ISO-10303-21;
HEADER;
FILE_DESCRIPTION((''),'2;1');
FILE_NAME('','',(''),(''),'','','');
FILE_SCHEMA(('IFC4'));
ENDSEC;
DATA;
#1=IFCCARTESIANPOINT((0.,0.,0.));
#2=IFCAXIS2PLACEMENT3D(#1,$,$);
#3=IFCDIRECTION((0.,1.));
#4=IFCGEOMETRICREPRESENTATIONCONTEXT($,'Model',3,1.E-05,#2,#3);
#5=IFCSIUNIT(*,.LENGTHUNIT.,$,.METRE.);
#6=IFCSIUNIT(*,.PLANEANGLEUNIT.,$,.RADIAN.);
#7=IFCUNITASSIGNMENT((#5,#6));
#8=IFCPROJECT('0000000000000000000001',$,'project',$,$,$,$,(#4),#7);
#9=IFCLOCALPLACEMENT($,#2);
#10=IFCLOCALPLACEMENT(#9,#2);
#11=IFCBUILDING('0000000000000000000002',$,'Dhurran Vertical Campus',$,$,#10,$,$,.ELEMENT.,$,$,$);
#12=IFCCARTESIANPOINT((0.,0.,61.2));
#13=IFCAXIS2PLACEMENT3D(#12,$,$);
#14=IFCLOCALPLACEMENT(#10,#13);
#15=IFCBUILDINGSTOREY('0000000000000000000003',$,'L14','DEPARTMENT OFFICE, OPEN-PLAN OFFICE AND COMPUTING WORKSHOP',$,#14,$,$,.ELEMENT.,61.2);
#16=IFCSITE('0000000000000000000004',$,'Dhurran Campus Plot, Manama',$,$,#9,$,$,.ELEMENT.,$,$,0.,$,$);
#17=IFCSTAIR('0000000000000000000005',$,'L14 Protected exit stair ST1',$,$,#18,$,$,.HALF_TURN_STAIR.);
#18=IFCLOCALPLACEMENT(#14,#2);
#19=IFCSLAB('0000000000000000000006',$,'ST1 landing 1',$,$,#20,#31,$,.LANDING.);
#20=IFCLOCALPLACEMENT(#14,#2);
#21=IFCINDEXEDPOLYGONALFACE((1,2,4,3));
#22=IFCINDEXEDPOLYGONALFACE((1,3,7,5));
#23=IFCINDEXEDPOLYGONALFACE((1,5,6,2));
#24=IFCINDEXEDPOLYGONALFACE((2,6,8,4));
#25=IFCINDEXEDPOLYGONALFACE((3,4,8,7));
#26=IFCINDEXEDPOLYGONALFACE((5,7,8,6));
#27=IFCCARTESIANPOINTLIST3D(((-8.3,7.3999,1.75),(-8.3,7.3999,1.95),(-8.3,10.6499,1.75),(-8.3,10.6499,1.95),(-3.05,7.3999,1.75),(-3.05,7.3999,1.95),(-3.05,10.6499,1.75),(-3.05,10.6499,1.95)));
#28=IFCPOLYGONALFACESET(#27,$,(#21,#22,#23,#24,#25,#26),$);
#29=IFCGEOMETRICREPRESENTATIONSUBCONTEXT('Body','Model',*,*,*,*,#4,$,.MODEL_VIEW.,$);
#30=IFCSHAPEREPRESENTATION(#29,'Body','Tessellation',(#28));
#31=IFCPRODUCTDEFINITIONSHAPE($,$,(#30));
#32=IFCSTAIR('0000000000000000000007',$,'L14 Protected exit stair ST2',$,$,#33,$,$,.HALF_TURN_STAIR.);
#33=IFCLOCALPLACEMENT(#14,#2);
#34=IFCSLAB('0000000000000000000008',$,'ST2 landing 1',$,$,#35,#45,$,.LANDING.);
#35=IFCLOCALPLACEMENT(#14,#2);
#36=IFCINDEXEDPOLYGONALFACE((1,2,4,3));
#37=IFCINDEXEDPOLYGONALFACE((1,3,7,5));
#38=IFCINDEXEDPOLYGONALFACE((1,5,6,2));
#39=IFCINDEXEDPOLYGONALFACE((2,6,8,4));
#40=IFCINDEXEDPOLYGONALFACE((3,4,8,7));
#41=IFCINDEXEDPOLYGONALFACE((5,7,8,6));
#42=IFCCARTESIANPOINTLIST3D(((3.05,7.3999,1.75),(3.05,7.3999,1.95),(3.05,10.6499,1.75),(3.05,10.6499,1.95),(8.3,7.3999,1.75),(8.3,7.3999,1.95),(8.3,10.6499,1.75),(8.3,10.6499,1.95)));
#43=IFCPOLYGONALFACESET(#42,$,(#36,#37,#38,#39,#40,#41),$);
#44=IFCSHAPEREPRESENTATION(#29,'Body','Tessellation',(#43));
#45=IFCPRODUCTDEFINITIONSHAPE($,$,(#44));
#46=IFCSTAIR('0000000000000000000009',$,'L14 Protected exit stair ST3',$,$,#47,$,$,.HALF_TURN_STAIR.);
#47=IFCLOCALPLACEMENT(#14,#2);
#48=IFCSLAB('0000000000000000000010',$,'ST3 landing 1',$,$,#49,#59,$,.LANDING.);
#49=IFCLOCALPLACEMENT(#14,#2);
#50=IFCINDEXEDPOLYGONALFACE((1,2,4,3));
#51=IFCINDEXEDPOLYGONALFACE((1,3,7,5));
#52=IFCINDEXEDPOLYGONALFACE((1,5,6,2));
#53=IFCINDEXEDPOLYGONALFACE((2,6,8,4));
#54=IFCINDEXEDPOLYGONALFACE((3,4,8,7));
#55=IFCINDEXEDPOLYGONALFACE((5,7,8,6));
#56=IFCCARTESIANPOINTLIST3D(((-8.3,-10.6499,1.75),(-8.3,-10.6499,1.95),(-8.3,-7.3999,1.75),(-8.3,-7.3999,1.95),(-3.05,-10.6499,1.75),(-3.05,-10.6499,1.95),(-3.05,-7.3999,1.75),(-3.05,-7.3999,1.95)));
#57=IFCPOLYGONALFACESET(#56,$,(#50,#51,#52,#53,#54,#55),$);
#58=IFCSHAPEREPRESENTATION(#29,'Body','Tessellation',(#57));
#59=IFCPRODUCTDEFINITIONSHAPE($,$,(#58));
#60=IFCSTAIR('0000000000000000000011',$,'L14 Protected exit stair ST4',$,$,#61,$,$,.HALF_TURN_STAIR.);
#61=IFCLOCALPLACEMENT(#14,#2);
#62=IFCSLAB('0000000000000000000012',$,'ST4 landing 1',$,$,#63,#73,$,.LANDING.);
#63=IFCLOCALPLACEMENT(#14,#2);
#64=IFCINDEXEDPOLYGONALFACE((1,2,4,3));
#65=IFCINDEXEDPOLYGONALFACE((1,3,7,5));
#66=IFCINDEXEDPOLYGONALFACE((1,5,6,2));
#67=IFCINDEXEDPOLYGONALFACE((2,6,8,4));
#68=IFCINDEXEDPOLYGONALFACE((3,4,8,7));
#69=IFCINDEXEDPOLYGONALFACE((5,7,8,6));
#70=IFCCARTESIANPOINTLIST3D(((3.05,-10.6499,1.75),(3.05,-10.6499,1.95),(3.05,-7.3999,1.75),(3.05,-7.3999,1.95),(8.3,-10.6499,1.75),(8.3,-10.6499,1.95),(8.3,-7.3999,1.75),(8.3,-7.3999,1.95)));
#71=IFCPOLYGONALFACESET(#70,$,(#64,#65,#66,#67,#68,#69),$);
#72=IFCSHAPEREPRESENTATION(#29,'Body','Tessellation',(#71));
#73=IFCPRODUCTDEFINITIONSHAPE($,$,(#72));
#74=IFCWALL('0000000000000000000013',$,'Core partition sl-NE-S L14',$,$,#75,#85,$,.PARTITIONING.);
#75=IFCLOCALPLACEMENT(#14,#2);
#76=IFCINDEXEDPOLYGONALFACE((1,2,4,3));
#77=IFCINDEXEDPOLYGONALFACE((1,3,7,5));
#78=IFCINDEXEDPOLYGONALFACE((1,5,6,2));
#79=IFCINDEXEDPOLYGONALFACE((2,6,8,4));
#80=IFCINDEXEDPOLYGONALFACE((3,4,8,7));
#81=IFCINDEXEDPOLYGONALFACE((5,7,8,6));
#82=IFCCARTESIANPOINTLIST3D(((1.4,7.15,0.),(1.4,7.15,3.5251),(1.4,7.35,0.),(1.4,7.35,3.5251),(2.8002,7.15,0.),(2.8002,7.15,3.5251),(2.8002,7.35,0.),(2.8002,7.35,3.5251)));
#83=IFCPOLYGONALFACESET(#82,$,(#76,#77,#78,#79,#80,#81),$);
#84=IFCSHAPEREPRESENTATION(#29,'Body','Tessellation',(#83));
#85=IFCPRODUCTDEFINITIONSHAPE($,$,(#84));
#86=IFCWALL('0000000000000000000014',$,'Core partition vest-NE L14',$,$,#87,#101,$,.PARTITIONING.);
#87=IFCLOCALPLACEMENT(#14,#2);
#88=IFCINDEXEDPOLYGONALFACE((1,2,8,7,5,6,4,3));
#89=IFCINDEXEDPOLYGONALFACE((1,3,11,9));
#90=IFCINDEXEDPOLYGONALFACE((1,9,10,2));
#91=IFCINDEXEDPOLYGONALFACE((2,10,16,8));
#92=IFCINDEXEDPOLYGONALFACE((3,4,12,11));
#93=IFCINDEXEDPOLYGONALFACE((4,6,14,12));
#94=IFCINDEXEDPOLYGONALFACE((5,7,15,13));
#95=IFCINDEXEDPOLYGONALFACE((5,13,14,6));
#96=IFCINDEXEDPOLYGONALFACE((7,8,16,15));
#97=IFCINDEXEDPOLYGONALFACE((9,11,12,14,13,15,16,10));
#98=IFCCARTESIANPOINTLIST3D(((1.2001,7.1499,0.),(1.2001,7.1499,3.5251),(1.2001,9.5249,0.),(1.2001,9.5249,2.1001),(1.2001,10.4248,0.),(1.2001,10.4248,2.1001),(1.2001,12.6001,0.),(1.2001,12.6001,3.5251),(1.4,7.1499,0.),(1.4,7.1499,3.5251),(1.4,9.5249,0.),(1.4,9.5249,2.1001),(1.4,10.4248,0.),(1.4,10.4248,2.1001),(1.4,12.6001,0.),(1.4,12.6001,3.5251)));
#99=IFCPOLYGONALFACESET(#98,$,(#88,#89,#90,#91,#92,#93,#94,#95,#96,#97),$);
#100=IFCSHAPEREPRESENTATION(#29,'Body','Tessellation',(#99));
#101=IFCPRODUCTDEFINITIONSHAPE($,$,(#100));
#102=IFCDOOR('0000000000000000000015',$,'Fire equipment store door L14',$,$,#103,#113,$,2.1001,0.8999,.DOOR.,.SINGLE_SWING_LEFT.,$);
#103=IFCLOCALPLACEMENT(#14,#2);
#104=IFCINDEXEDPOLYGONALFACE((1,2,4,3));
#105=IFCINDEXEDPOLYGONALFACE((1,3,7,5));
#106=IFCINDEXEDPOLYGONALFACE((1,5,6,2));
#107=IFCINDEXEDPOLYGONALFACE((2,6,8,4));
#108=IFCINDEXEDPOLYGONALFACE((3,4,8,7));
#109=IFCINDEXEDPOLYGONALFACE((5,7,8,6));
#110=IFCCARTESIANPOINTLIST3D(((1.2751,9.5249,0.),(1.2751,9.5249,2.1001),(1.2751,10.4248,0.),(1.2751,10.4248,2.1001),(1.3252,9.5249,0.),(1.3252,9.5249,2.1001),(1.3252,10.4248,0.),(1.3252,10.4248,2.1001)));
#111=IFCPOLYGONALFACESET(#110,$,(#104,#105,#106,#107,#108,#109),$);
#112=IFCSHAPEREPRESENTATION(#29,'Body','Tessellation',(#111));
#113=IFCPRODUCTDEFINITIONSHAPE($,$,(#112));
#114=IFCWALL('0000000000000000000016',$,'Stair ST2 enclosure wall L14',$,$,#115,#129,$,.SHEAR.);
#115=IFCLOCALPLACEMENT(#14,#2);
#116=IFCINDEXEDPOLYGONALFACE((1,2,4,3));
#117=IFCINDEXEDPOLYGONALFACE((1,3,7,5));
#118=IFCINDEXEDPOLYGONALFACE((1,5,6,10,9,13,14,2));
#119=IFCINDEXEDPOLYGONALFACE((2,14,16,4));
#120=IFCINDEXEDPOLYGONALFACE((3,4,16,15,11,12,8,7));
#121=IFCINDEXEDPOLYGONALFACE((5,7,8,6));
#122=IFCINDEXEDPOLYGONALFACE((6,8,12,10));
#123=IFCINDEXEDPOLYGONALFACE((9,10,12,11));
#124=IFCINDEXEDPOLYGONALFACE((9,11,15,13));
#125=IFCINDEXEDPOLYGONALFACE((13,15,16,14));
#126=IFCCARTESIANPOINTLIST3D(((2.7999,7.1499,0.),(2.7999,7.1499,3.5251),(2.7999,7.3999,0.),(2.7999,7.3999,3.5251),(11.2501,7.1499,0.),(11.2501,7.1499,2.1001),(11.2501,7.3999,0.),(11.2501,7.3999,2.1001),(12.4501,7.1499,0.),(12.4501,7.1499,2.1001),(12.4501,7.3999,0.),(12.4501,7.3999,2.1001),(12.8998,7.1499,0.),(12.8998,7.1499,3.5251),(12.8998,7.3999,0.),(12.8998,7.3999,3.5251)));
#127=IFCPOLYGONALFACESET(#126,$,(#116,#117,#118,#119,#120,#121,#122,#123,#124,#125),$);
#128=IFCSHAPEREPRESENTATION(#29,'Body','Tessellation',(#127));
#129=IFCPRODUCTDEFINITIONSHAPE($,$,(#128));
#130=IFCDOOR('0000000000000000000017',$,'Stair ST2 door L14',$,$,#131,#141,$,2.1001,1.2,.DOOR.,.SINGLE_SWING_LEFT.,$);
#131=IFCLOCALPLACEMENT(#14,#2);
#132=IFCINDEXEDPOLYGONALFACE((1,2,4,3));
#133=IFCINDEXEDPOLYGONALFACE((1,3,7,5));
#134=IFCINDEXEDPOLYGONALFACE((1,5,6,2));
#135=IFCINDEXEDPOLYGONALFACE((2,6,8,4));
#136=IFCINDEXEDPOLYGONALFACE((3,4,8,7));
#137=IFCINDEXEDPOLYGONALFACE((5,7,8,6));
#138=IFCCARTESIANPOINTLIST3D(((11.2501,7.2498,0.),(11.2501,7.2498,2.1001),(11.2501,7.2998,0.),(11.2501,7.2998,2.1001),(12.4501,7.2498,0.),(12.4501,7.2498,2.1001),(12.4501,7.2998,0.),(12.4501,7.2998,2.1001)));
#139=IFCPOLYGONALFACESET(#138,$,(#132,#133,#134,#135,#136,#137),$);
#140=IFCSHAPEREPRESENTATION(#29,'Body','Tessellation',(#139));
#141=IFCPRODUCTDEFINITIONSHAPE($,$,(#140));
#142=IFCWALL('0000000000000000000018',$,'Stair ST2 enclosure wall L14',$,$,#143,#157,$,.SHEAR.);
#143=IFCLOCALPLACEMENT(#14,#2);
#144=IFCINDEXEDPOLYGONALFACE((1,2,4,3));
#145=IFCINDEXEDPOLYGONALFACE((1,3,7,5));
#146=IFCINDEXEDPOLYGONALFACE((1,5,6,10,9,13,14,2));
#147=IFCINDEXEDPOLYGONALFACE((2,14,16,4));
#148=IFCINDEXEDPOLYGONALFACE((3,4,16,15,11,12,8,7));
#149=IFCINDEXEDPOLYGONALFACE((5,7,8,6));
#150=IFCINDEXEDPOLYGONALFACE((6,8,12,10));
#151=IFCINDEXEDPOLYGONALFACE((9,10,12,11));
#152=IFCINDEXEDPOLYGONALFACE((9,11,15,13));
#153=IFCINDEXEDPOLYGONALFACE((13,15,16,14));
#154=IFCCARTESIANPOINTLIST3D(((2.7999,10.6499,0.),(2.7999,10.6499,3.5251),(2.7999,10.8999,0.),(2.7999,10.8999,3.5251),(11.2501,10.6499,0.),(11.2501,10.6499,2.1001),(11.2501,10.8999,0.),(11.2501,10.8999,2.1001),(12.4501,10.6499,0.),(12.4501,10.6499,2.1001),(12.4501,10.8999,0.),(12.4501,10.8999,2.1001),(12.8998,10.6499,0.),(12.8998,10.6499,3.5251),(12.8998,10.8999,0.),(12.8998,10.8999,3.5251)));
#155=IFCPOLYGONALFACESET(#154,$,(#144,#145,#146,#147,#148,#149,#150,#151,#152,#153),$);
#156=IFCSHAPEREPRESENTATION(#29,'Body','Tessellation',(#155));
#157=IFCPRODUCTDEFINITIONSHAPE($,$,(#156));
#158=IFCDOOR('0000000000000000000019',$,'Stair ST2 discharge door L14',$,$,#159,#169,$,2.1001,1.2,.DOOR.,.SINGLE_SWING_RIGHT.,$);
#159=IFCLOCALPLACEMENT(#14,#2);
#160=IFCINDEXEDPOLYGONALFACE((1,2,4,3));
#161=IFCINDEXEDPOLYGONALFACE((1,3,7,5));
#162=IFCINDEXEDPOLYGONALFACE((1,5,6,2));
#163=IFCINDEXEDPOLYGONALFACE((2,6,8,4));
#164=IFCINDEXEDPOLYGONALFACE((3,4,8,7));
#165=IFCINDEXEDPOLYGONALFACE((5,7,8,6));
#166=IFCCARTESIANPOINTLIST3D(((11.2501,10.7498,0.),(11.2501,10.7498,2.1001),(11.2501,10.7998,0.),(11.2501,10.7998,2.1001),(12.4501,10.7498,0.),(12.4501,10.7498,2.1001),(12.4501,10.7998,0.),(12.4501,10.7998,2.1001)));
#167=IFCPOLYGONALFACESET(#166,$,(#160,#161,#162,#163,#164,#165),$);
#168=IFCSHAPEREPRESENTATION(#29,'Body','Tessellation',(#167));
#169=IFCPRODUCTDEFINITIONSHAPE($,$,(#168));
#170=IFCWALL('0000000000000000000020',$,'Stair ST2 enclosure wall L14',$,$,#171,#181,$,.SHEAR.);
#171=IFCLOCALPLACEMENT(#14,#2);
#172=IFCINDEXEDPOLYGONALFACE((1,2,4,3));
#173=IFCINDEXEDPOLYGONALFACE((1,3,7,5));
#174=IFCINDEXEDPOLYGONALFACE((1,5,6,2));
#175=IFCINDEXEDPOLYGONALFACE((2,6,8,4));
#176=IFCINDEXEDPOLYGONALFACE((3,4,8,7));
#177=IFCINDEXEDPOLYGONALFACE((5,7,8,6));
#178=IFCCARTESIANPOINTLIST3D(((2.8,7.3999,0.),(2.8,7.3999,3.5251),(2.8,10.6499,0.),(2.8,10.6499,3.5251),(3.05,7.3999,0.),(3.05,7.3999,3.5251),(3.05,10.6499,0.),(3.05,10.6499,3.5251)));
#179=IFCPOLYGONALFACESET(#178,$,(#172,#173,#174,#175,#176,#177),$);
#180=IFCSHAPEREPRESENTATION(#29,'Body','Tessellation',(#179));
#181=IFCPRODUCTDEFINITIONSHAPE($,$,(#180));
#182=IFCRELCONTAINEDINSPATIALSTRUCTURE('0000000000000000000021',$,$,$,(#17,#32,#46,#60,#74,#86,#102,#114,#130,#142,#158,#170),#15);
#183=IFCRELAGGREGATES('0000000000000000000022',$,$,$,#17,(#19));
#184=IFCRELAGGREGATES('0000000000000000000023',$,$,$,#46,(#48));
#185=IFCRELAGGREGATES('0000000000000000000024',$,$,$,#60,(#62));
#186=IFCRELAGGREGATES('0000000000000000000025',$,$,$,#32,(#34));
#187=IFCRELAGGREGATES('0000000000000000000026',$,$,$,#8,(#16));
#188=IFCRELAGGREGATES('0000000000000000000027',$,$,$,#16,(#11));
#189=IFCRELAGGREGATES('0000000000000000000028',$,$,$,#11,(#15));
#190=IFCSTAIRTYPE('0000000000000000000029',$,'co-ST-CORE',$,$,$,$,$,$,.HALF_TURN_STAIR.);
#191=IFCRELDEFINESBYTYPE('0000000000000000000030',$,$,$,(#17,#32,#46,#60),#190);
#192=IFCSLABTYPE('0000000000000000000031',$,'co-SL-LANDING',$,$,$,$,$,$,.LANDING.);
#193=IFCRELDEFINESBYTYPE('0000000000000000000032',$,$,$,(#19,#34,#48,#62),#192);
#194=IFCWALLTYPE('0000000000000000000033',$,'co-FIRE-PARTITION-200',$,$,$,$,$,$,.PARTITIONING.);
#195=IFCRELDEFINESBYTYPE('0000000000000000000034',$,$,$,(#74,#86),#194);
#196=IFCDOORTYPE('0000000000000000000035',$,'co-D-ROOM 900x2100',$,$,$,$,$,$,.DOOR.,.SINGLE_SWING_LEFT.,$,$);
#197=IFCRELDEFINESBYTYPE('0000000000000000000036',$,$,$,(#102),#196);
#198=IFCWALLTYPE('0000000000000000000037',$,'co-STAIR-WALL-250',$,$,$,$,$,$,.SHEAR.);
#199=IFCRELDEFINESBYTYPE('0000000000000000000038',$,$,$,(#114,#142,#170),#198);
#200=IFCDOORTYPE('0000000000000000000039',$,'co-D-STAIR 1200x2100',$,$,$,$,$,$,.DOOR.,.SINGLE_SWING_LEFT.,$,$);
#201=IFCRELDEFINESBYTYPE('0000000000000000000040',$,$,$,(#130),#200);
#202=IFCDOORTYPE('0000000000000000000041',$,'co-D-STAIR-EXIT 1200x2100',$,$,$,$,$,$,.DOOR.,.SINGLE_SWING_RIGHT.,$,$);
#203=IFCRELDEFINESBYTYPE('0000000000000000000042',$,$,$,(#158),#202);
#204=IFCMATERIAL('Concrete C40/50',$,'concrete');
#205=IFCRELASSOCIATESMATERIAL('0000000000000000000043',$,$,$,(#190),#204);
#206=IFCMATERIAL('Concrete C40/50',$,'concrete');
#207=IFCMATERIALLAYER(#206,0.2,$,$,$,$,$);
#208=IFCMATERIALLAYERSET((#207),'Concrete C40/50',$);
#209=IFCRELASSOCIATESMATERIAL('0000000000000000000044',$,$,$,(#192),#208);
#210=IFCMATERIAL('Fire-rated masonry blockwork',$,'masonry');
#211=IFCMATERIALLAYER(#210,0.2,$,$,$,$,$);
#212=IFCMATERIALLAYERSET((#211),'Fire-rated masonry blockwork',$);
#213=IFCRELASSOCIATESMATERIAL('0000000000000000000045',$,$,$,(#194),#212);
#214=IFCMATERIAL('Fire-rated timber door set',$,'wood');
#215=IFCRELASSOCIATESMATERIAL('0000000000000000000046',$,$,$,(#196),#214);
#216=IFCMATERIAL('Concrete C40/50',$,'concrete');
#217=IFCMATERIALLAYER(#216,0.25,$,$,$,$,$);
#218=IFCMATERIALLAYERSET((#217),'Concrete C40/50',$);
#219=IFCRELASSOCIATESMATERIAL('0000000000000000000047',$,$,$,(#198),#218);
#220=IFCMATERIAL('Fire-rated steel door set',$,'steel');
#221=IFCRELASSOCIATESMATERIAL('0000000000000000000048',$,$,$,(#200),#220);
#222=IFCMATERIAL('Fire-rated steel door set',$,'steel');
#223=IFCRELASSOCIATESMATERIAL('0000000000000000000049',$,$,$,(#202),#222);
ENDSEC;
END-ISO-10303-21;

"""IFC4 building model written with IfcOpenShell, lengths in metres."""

from ifc_helpers import new_model, si_unit, direction, frame, frame_2d, origin, place, context, subcontext, project, spatial, polyline, rectangle, outline, extrude, material, layer, layer_set, type_object, element, fill, aggregate, save


model = new_model("IFC4")

# Units and contexts
model_context = context("Model", 3, precision=1e-05, world=origin(), true_north=direction((0.0, 1.0)))
body_context = subcontext(model_context, "Body", "Model", "MODEL_VIEW")
ifc_project = project(units=[si_unit("LENGTHUNIT", "METRE"), si_unit("PLANEANGLEUNIT", "RADIAN")], contexts=[model_context])

# Site, building, storey
site_placement = place(None, origin())
site = spatial("IfcSite", under=ifc_project, at=site_placement, Name="Dhurran Campus Plot, Manama", CompositionType="ELEMENT", RefElevation=0.0)
building_placement = place(site_placement, origin())
building = spatial("IfcBuilding", under=site, at=building_placement, Name="Dhurran Vertical Campus", CompositionType="ELEMENT")
storey_placement = place(building_placement, frame((0.0, 0.0, 61.2)))
storey = spatial("IfcBuildingStorey", under=building, at=storey_placement, Name="L14", Description="DEPARTMENT OFFICE, OPEN-PLAN OFFICE AND COMPUTING WORKSHOP", CompositionType="ELEMENT", Elevation=61.2)

# Stairs, slabs
ifc_material_1 = material(Name="Concrete C40/50", Category="concrete")
stair_type = type_object("IfcStairType", Name="co-ST-CORE", PredefinedType="HALF_TURN_STAIR", material=ifc_material_1)
stair_1_placement = place(storey_placement, origin())
stair_1 = element("IfcStair", 1, at=stair_1_placement, inside=storey, type_object=stair_type, Name="L14 Protected exit stair ST1", PredefinedType="HALF_TURN_STAIR")
ifc_material_2 = material(Name="Concrete C40/50", Category="concrete")
ifc_layer_1 = layer(ifc_material_2, 0.2)
ifc_layer_set_1 = layer_set([ifc_layer_1], Name="Concrete C40/50")
slab_type = type_object("IfcSlabType", Name="co-SL-LANDING", PredefinedType="LANDING", material=ifc_layer_set_1)
slab_1_placement = place(storey_placement, frame((0.0, 0.0, 1.75)))
slab_1 = element("IfcSlab", 2, at=slab_1_placement, type_object=slab_type, Name="ST1 landing 1", PredefinedType="LANDING", context=body_context, shape_type="SweptSolid", body=[
    extrude(outline(polyline([(-8.3, 7.3999), (-3.05, 7.3999), (-3.05, 10.6499), (-8.3, 10.6499), (-8.3, 7.3999)])), origin(), (0.0, 0.0, 1.0), 0.2),
])
aggregate(stair_1, [slab_1])
stair_2_placement = place(storey_placement, origin())
stair_2 = element("IfcStair", 3, at=stair_2_placement, inside=storey, type_object=stair_type, Name="L14 Protected exit stair ST2", PredefinedType="HALF_TURN_STAIR")
slab_2_placement = place(storey_placement, frame((0.0, 0.0, 1.75)))
slab_2 = element("IfcSlab", 4, at=slab_2_placement, type_object=slab_type, Name="ST2 landing 1", PredefinedType="LANDING", context=body_context, shape_type="SweptSolid", body=[
    extrude(outline(polyline([(8.3, 10.6499), (3.05, 10.6499), (3.05, 7.3999), (8.3, 7.3999), (8.3, 10.6499)])), origin(), (0.0, 0.0, 1.0), 0.2),
])
stair_3_placement = place(storey_placement, origin())
stair_3 = element("IfcStair", 5, at=stair_3_placement, inside=storey, type_object=stair_type, Name="L14 Protected exit stair ST3", PredefinedType="HALF_TURN_STAIR")
slab_3_placement = place(storey_placement, frame((0.0, 0.0, 1.75)))
slab_3 = element("IfcSlab", 6, at=slab_3_placement, type_object=slab_type, Name="ST3 landing 1", PredefinedType="LANDING", context=body_context, shape_type="SweptSolid", body=[
    extrude(outline(polyline([(-8.3, -10.6499), (-3.05, -10.6499), (-3.05, -7.3999), (-8.3, -7.3999), (-8.3, -10.6499)])), origin(), (0.0, 0.0, 1.0), 0.2),
])
aggregate(stair_3, [slab_3])
stair_4_placement = place(storey_placement, origin())
stair_4 = element("IfcStair", 7, at=stair_4_placement, inside=storey, type_object=stair_type, Name="L14 Protected exit stair ST4", PredefinedType="HALF_TURN_STAIR")
slab_4_placement = place(storey_placement, frame((0.0, 0.0, 1.75)))
slab_4 = element("IfcSlab", 8, at=slab_4_placement, type_object=slab_type, Name="ST4 landing 1", PredefinedType="LANDING", context=body_context, shape_type="SweptSolid", body=[
    extrude(outline(polyline([(8.3, -7.3999), (3.05, -7.3999), (3.05, -10.6499), (8.3, -10.6499), (8.3, -7.3999)])), origin(), (0.0, 0.0, 1.0), 0.2),
])
aggregate(stair_4, [slab_4])

# Wall
ifc_material_3 = material(Name="Fire-rated masonry blockwork", Category="masonry")
ifc_layer_2 = layer(ifc_material_3, 0.2)
ifc_layer_set_2 = layer_set([ifc_layer_2], Name="Fire-rated masonry blockwork")
wall_type_1 = type_object("IfcWallType", Name="co-FIRE-PARTITION-200", PredefinedType="PARTITIONING", material=ifc_layer_set_2)
wall_1_placement = place(storey_placement, frame((1.3999, 7.25, 0.0), z_axis=(0.0, 0.0, 1.0), x_axis=(1.0, 0.0, 0.0)))
element("IfcWall", 9, at=wall_1_placement, inside=storey, type_object=wall_type_1, Name="Core partition sl-NE-S L14", PredefinedType="PARTITIONING", context=body_context, shape_type="SweptSolid", body=[
    extrude(rectangle(XDim=1.4001, YDim=0.2, at=frame_2d((0.7002, 0.0))), origin(), (0.0, 0.0, 1.0), 3.5251),
])

# Walls, openings, doors
wall_2_placement = place(storey_placement, frame((1.3, 7.1499, 0.0), z_axis=(0.0, 0.0, 1.0), x_axis=(0.0, 1.0, 0.0)))
wall_2 = element("IfcWall", 10, at=wall_2_placement, inside=storey, type_object=wall_type_1, Name="Core partition vest-NE L14", PredefinedType="PARTITIONING", context=body_context, shape_type="SweptSolid", body=[
    extrude(rectangle(XDim=5.4502, YDim=0.2, at=frame_2d((2.7251, 0.0))), origin(), (0.0, 0.0, 1.0), 3.5251),
])
opening_1_placement = place(wall_2_placement, frame((2.375, 0.0, 0.0)))
opening_1 = element("IfcOpeningElement", 11, at=opening_1_placement, cuts=wall_2, PredefinedType="OPENING", context=body_context, shape_type="SweptSolid", body=[
    extrude(rectangle(XDim=0.8999, YDim=2.1001, at=frame_2d((0.45, 1.05))), frame((0.0, 0.1099, 0.0), z_axis=(0.0, -1.0, 0.0), x_axis=(1.0, 0.0, 0.0)), (0.0, 0.0, 1.0), 0.22),
])
ifc_material_4 = material(Name="Fire-rated timber door set", Category="wood")
door_type_1 = type_object("IfcDoorType", Name="co-D-ROOM 900x2100", OperationType="SINGLE_SWING_LEFT", PredefinedType="DOOR", material=ifc_material_4)
door_1_placement = place(opening_1_placement, origin())
door_1 = element("IfcDoor", 12, at=door_1_placement, inside=storey, type_object=door_type_1, Name="Fire equipment store door L14", OperationType="SINGLE_SWING_LEFT", OverallHeight=2.1001, OverallWidth=0.8999, PredefinedType="DOOR", context=body_context, shape_type="SweptSolid", body=[
    extrude(rectangle(XDim=0.8999, YDim=2.1001, at=frame_2d((0.45, 1.05))), frame((0.0, 0.0249, 0.0), z_axis=(0.0, -1.0, 0.0), x_axis=(1.0, 0.0, 0.0)), (0.0, 0.0, 1.0), 0.05),
])
fill(opening_1, door_1)
ifc_material_5 = material(Name="Concrete C40/50", Category="concrete")
ifc_layer_3 = layer(ifc_material_5, 0.25)
ifc_layer_set_3 = layer_set([ifc_layer_3], Name="Concrete C40/50")
wall_type_2 = type_object("IfcWallType", Name="co-STAIR-WALL-250", PredefinedType="SHEAR", material=ifc_layer_set_3)
wall_3_placement = place(storey_placement, frame((2.8, 7.2749, 0.0), z_axis=(0.0, 0.0, 1.0), x_axis=(1.0, 0.0, 0.0)))
wall_3 = element("IfcWall", 13, at=wall_3_placement, inside=storey, type_object=wall_type_2, Name="Stair ST2 enclosure wall L14", PredefinedType="SHEAR", context=body_context, shape_type="SweptSolid", body=[
    extrude(rectangle(XDim=10.0999, YDim=0.25, at=frame_2d((5.0498, 0.0))), origin(), (0.0, 0.0, 1.0), 3.5251),
])
opening_2_placement = place(wall_3_placement, frame((8.45, 0.0, 0.0)))
opening_2 = element("IfcOpeningElement", 14, at=opening_2_placement, cuts=wall_3, PredefinedType="OPENING", context=body_context, shape_type="SweptSolid", body=[
    extrude(rectangle(XDim=1.2, YDim=2.1001, at=frame_2d((0.6001, 1.05))), frame((0.0, 0.135, 0.0), z_axis=(0.0, -1.0, 0.0), x_axis=(1.0, 0.0, 0.0)), (0.0, 0.0, 1.0), 0.27),
])
ifc_material_6 = material(Name="Fire-rated steel door set", Category="steel")
door_type_2 = type_object("IfcDoorType", Name="co-D-STAIR 1200x2100", OperationType="SINGLE_SWING_LEFT", PredefinedType="DOOR", material=ifc_material_6)
door_2_placement = place(opening_2_placement, origin())
door_2 = element("IfcDoor", 15, at=door_2_placement, inside=storey, type_object=door_type_2, Name="Stair ST2 door L14", OperationType="SINGLE_SWING_LEFT", OverallHeight=2.1001, OverallWidth=1.2, PredefinedType="DOOR", context=body_context, shape_type="SweptSolid", body=[
    extrude(rectangle(XDim=1.2, YDim=2.1001, at=frame_2d((0.6001, 1.05))), frame((0.0, 0.0249, 0.0), z_axis=(0.0, -1.0, 0.0), x_axis=(1.0, 0.0, 0.0)), (0.0, 0.0, 1.0), 0.05),
])
fill(opening_2, door_2)
wall_4_placement = place(storey_placement, frame((2.8, 10.7749, 0.0), z_axis=(0.0, 0.0, 1.0), x_axis=(1.0, 0.0, 0.0)))
wall_4 = element("IfcWall", 16, at=wall_4_placement, inside=storey, type_object=wall_type_2, Name="Stair ST2 enclosure wall L14", PredefinedType="SHEAR", context=body_context, shape_type="SweptSolid", body=[
    extrude(rectangle(XDim=10.0999, YDim=0.25, at=frame_2d((5.0498, 0.0))), origin(), (0.0, 0.0, 1.0), 3.5251),
])
opening_3_placement = place(wall_4_placement, frame((8.45, 0.0, 0.0)))
opening_3 = element("IfcOpeningElement", 17, at=opening_3_placement, cuts=wall_4, PredefinedType="OPENING", context=body_context, shape_type="SweptSolid", body=[
    extrude(rectangle(XDim=1.2, YDim=2.1001, at=frame_2d((0.6001, 1.05))), frame((0.0, 0.135, 0.0), z_axis=(0.0, -1.0, 0.0), x_axis=(1.0, 0.0, 0.0)), (0.0, 0.0, 1.0), 0.27),
])
ifc_material_7 = material(Name="Fire-rated steel door set", Category="steel")
door_type_3 = type_object("IfcDoorType", Name="co-D-STAIR-EXIT 1200x2100", OperationType="SINGLE_SWING_RIGHT", PredefinedType="DOOR", material=ifc_material_7)
door_3_placement = place(opening_3_placement, origin())
door_3 = element("IfcDoor", 18, at=door_3_placement, inside=storey, type_object=door_type_3, Name="Stair ST2 discharge door L14", OperationType="SINGLE_SWING_RIGHT", OverallHeight=2.1001, OverallWidth=1.2, PredefinedType="DOOR", context=body_context, shape_type="SweptSolid", body=[
    extrude(rectangle(XDim=1.2, YDim=2.1001, at=frame_2d((0.6001, 1.05))), frame((0.0, 0.0249, 0.0), z_axis=(0.0, -1.0, 0.0), x_axis=(1.0, 0.0, 0.0)), (0.0, 0.0, 1.0), 0.05),
])
fill(opening_3, door_3)

# Wall
for number, where, z_axis, x_axis, name in (
    (19, (2.925, 7.3999, 0.0), (0.0, 0.0, 1.0), (0.0, 1.0, 0.0), "Stair ST2 enclosure wall L14"),
):
    element("IfcWall", number, at=place(storey_placement, frame(where, z_axis=z_axis, x_axis=x_axis)), inside=storey, type_object=wall_type_2, Name=name, PredefinedType="SHEAR", context=body_context, shape_type="SweptSolid", body=[
        extrude(rectangle(XDim=3.25, YDim=0.25, at=frame_2d((1.625, 0.0))), origin(), (0.0, 0.0, 1.0), 3.5251),
    ])

aggregate(stair_2, [slab_2])

save(model, "model.ifc")
